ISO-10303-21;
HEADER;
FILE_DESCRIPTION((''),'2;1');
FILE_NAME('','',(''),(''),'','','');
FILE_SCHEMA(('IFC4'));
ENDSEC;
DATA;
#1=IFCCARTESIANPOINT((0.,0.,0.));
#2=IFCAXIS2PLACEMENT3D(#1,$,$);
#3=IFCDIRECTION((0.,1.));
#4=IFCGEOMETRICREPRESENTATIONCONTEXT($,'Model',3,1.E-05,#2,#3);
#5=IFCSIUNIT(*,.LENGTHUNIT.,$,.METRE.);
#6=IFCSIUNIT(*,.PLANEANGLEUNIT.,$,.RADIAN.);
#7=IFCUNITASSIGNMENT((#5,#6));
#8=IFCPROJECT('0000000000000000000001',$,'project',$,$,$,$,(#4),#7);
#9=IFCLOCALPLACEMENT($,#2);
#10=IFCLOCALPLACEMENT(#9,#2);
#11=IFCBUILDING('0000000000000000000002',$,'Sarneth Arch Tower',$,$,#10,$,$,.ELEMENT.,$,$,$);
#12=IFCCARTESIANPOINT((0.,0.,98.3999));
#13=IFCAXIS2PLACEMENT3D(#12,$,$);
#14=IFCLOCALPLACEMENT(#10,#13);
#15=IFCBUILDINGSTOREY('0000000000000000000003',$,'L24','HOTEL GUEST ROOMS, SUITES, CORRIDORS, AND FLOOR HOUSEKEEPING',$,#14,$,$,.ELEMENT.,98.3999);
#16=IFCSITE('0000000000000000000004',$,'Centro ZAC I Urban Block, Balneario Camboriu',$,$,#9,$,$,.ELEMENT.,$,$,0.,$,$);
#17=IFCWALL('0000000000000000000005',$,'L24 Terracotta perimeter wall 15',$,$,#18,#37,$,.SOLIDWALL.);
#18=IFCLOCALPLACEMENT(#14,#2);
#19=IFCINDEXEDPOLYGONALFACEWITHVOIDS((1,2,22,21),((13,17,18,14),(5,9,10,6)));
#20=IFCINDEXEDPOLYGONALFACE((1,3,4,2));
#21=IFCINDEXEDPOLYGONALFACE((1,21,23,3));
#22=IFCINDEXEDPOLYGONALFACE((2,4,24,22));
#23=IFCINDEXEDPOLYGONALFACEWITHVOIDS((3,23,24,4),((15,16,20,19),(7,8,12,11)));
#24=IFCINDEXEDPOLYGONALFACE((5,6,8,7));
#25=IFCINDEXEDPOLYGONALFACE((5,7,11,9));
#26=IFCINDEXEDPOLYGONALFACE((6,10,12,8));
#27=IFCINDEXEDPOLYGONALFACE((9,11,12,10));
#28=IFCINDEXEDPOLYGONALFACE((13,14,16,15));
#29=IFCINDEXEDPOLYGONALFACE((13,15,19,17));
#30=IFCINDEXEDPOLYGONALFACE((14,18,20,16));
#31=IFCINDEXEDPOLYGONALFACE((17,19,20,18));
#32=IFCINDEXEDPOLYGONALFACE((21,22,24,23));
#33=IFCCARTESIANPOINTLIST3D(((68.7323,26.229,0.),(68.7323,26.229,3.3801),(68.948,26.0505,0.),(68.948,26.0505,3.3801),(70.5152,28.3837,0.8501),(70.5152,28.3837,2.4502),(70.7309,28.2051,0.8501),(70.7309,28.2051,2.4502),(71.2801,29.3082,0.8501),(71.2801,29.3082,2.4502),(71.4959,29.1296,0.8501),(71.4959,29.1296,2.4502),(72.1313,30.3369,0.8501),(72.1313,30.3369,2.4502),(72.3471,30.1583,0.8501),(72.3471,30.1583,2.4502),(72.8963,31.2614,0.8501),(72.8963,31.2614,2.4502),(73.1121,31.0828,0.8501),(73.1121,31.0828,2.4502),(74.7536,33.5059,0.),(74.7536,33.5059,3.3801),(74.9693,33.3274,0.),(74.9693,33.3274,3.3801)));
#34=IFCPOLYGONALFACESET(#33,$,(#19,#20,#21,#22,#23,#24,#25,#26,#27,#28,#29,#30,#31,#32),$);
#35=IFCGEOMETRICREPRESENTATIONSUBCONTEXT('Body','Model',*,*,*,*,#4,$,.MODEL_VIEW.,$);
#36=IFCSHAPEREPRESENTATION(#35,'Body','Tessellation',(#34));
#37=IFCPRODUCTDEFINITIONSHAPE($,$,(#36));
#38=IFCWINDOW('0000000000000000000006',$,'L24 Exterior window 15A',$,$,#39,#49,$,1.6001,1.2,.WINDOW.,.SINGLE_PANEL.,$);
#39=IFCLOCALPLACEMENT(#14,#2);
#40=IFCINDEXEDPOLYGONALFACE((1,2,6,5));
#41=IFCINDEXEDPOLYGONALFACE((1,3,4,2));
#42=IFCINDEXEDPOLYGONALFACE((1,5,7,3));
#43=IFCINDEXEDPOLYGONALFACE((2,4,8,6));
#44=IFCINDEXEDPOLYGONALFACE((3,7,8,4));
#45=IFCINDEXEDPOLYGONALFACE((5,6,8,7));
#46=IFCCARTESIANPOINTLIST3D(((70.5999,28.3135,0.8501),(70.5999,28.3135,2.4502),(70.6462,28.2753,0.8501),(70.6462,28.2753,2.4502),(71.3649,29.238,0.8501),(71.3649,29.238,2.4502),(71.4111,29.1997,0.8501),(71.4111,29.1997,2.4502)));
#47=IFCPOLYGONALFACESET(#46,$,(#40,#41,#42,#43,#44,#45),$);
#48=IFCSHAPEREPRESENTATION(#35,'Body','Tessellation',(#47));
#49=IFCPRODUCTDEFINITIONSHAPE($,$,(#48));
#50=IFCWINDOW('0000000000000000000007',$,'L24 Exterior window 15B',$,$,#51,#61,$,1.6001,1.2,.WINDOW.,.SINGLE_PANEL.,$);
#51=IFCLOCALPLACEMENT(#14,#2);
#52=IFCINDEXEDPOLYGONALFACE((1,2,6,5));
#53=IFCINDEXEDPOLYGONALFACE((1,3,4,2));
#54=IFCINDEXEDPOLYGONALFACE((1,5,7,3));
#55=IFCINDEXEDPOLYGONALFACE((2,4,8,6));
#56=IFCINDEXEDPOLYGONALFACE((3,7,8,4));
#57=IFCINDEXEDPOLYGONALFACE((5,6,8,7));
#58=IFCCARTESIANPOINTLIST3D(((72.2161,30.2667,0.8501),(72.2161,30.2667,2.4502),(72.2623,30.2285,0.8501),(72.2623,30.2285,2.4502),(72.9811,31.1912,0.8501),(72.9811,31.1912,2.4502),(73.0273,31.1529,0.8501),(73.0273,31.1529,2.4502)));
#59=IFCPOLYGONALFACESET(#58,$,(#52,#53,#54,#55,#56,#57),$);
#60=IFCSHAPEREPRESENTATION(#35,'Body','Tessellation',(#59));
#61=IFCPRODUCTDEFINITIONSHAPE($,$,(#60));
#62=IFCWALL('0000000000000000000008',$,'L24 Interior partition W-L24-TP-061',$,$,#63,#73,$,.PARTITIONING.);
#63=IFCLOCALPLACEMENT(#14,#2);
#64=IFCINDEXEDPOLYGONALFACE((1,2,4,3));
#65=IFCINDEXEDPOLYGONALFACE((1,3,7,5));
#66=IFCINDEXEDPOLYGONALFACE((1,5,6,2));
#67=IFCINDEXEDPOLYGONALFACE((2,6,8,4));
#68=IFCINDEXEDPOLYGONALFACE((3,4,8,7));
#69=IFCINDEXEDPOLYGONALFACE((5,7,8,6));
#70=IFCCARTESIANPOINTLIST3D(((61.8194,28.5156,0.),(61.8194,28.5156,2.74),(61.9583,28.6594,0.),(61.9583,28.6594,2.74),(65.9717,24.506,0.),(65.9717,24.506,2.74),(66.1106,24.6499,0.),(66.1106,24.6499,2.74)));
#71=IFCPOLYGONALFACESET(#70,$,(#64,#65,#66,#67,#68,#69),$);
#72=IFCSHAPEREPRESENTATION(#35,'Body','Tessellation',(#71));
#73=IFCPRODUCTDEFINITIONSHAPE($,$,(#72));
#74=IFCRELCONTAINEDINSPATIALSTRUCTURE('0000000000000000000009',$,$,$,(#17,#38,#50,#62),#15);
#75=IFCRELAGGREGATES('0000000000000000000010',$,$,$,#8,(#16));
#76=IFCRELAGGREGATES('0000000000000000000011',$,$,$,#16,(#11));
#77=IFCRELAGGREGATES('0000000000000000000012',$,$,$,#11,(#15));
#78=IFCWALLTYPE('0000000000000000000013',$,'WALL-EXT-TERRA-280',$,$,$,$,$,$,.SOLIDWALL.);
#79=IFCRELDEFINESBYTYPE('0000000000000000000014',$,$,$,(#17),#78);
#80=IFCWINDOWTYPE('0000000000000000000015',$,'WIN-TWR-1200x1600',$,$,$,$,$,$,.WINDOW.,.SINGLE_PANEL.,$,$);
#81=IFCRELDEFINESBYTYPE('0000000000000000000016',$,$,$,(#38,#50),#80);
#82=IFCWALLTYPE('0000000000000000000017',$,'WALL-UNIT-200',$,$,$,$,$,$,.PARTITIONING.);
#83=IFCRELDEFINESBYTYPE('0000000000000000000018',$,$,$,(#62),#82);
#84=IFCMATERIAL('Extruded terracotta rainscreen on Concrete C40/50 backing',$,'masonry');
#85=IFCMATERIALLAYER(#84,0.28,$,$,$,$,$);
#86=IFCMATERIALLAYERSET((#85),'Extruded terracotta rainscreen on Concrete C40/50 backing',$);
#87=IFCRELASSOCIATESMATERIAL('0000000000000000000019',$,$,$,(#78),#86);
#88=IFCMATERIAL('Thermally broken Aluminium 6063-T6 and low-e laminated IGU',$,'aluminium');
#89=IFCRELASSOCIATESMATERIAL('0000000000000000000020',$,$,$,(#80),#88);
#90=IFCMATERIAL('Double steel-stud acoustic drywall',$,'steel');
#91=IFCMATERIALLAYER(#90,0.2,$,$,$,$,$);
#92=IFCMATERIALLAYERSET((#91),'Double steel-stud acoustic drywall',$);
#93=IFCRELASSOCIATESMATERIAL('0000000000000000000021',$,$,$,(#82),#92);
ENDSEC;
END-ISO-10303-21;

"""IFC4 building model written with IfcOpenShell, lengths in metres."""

from ifc_helpers import new_model, si_unit, direction, frame, frame_2d, origin, place, context, subcontext, project, spatial, rectangle, extrude, material, layer, layer_set, type_object, element, fill, save


model = new_model("IFC4")

# Units and contexts
model_context = context("Model", 3, precision=1e-05, world=origin(), true_north=direction((0.0, 1.0)))
body_context = subcontext(model_context, "Body", "Model", "MODEL_VIEW")
ifc_project = project(units=[si_unit("LENGTHUNIT", "METRE"), si_unit("PLANEANGLEUNIT", "RADIAN")], contexts=[model_context])

# Site, building, storey
site_placement = place(None, origin())
site = spatial("IfcSite", under=ifc_project, at=site_placement, Name="Centro ZAC I Urban Block, Balneario Camboriu", CompositionType="ELEMENT", RefElevation=0.0)
building_placement = place(site_placement, origin())
building = spatial("IfcBuilding", under=site, at=building_placement, Name="Sarneth Arch Tower", CompositionType="ELEMENT")
storey_placement = place(building_placement, frame((0.0, 0.0, 98.3999)))
storey = spatial("IfcBuildingStorey", under=building, at=storey_placement, Name="L24", Description="HOTEL GUEST ROOMS, SUITES, CORRIDORS, AND FLOOR HOUSEKEEPING", CompositionType="ELEMENT", Elevation=98.3999)

# Wall, openings, windows
ifc_material_1 = material(Name="Extruded terracotta rainscreen on Concrete C40/50 backing", Category="masonry")
ifc_layer_1 = layer(ifc_material_1, 0.28)
ifc_layer_set_1 = layer_set([ifc_layer_1], Name="Extruded terracotta rainscreen on Concrete C40/50 backing")
wall_type_1 = type_object("IfcWallType", Name="WALL-EXT-TERRA-280", PredefinedType="SOLIDWALL", material=ifc_layer_set_1)
wall_1_placement = place(storey_placement, frame((68.8401, 26.1396, 0.0), z_axis=(0.0, 0.0, 1.0), x_axis=(0.637506, 0.770446, 0.0)))
wall_1 = element("IfcWall", 1, at=wall_1_placement, inside=storey, type_object=wall_type_1, Name="L24 Terracotta perimeter wall 15", PredefinedType="SOLIDWALL", context=body_context, shape_type="SweptSolid", body=[
    extrude(rectangle(XDim=9.4451, YDim=0.28, at=frame_2d((4.7227, 0.0))), origin(), (0.0, 0.0, 1.0), 3.3801),
])
opening_1_placement = place(wall_1_placement, frame((2.7966, 0.0, 0.8501)))
opening_1 = element("IfcOpeningElement", 2, at=opening_1_placement, cuts=wall_1, PredefinedType="OPENING", context=body_context, shape_type="SweptSolid", body=[
    extrude(rectangle(XDim=1.2, YDim=1.6001, at=frame_2d((0.6001, 0.8))), frame((0.0, 0.1499, 0.0), z_axis=(0.0, -1.0, 0.0), x_axis=(1.0, 0.0, 0.0)), (0.0, 0.0, 1.0), 0.3),
])
opening_2_placement = place(wall_1_placement, frame((5.3318, 0.0, 0.8501)))
opening_2 = element("IfcOpeningElement", 3, at=opening_2_placement, cuts=wall_1, PredefinedType="OPENING", context=body_context, shape_type="SweptSolid", body=[
    extrude(rectangle(XDim=1.2, YDim=1.6001, at=frame_2d((0.6001, 0.8))), frame((0.0, 0.1499, 0.0), z_axis=(0.0, -1.0, 0.0), x_axis=(1.0, 0.0, 0.0)), (0.0, 0.0, 1.0), 0.3),
])
ifc_material_2 = material(Name="Thermally broken Aluminium 6063-T6 and low-e laminated IGU", Category="aluminium")
window_type = type_object("IfcWindowType", Name="WIN-TWR-1200x1600", PartitioningType="SINGLE_PANEL", PredefinedType="WINDOW", material=ifc_material_2)
window_1_placement = place(opening_1_placement, origin())
window_1 = element("IfcWindow", 4, at=window_1_placement, inside=storey, type_object=window_type, Name="L24 Exterior window 15A", OverallHeight=1.6001, OverallWidth=1.2, PartitioningType="SINGLE_PANEL", PredefinedType="WINDOW", context=body_context, shape_type="SweptSolid", body=[
    extrude(rectangle(XDim=1.2, YDim=1.6001, at=frame_2d((0.6001, 0.8))), frame((0.0, 0.03, 0.0), z_axis=(0.0, -1.0, 0.0), x_axis=(1.0, 0.0, 0.0)), (0.0, 0.0, 1.0), 0.0601),
])
fill(opening_1, window_1)
window_2_placement = place(opening_2_placement, origin())
window_2 = element("IfcWindow", 5, at=window_2_placement, inside=storey, type_object=window_type, Name="L24 Exterior window 15B", OverallHeight=1.6001, OverallWidth=1.2, PartitioningType="SINGLE_PANEL", PredefinedType="WINDOW", context=body_context, shape_type="SweptSolid", body=[
    extrude(rectangle(XDim=1.2, YDim=1.6001, at=frame_2d((0.6001, 0.8))), frame((0.0, 0.03, 0.0), z_axis=(0.0, -1.0, 0.0), x_axis=(1.0, 0.0, 0.0)), (0.0, 0.0, 1.0), 0.0601),
])
fill(opening_2, window_2)

# Wall
ifc_material_3 = material(Name="Double steel-stud acoustic drywall", Category="steel")
ifc_layer_2 = layer(ifc_material_3, 0.2)
ifc_layer_set_2 = layer_set([ifc_layer_2], Name="Double steel-stud acoustic drywall")
wall_type_2 = type_object("IfcWallType", Name="WALL-UNIT-200", PredefinedType="PARTITIONING", material=ifc_layer_set_2)
wall_2_placement = place(storey_placement, frame((66.0413, 24.5779, 0.0), z_axis=(0.0, 0.0, 1.0), x_axis=(-0.71937, 0.694627, 0.0)))
element("IfcWall", 6, at=wall_2_placement, inside=storey, type_object=wall_type_2, Name="L24 Interior partition W-L24-TP-061", PredefinedType="PARTITIONING", context=body_context, shape_type="SweptSolid", body=[
    extrude(rectangle(XDim=5.7722, YDim=0.2, at=frame_2d((2.8862, 0.0))), origin(), (0.0, 0.0, 1.0), 2.74),
])

save(model, "model.ifc")
